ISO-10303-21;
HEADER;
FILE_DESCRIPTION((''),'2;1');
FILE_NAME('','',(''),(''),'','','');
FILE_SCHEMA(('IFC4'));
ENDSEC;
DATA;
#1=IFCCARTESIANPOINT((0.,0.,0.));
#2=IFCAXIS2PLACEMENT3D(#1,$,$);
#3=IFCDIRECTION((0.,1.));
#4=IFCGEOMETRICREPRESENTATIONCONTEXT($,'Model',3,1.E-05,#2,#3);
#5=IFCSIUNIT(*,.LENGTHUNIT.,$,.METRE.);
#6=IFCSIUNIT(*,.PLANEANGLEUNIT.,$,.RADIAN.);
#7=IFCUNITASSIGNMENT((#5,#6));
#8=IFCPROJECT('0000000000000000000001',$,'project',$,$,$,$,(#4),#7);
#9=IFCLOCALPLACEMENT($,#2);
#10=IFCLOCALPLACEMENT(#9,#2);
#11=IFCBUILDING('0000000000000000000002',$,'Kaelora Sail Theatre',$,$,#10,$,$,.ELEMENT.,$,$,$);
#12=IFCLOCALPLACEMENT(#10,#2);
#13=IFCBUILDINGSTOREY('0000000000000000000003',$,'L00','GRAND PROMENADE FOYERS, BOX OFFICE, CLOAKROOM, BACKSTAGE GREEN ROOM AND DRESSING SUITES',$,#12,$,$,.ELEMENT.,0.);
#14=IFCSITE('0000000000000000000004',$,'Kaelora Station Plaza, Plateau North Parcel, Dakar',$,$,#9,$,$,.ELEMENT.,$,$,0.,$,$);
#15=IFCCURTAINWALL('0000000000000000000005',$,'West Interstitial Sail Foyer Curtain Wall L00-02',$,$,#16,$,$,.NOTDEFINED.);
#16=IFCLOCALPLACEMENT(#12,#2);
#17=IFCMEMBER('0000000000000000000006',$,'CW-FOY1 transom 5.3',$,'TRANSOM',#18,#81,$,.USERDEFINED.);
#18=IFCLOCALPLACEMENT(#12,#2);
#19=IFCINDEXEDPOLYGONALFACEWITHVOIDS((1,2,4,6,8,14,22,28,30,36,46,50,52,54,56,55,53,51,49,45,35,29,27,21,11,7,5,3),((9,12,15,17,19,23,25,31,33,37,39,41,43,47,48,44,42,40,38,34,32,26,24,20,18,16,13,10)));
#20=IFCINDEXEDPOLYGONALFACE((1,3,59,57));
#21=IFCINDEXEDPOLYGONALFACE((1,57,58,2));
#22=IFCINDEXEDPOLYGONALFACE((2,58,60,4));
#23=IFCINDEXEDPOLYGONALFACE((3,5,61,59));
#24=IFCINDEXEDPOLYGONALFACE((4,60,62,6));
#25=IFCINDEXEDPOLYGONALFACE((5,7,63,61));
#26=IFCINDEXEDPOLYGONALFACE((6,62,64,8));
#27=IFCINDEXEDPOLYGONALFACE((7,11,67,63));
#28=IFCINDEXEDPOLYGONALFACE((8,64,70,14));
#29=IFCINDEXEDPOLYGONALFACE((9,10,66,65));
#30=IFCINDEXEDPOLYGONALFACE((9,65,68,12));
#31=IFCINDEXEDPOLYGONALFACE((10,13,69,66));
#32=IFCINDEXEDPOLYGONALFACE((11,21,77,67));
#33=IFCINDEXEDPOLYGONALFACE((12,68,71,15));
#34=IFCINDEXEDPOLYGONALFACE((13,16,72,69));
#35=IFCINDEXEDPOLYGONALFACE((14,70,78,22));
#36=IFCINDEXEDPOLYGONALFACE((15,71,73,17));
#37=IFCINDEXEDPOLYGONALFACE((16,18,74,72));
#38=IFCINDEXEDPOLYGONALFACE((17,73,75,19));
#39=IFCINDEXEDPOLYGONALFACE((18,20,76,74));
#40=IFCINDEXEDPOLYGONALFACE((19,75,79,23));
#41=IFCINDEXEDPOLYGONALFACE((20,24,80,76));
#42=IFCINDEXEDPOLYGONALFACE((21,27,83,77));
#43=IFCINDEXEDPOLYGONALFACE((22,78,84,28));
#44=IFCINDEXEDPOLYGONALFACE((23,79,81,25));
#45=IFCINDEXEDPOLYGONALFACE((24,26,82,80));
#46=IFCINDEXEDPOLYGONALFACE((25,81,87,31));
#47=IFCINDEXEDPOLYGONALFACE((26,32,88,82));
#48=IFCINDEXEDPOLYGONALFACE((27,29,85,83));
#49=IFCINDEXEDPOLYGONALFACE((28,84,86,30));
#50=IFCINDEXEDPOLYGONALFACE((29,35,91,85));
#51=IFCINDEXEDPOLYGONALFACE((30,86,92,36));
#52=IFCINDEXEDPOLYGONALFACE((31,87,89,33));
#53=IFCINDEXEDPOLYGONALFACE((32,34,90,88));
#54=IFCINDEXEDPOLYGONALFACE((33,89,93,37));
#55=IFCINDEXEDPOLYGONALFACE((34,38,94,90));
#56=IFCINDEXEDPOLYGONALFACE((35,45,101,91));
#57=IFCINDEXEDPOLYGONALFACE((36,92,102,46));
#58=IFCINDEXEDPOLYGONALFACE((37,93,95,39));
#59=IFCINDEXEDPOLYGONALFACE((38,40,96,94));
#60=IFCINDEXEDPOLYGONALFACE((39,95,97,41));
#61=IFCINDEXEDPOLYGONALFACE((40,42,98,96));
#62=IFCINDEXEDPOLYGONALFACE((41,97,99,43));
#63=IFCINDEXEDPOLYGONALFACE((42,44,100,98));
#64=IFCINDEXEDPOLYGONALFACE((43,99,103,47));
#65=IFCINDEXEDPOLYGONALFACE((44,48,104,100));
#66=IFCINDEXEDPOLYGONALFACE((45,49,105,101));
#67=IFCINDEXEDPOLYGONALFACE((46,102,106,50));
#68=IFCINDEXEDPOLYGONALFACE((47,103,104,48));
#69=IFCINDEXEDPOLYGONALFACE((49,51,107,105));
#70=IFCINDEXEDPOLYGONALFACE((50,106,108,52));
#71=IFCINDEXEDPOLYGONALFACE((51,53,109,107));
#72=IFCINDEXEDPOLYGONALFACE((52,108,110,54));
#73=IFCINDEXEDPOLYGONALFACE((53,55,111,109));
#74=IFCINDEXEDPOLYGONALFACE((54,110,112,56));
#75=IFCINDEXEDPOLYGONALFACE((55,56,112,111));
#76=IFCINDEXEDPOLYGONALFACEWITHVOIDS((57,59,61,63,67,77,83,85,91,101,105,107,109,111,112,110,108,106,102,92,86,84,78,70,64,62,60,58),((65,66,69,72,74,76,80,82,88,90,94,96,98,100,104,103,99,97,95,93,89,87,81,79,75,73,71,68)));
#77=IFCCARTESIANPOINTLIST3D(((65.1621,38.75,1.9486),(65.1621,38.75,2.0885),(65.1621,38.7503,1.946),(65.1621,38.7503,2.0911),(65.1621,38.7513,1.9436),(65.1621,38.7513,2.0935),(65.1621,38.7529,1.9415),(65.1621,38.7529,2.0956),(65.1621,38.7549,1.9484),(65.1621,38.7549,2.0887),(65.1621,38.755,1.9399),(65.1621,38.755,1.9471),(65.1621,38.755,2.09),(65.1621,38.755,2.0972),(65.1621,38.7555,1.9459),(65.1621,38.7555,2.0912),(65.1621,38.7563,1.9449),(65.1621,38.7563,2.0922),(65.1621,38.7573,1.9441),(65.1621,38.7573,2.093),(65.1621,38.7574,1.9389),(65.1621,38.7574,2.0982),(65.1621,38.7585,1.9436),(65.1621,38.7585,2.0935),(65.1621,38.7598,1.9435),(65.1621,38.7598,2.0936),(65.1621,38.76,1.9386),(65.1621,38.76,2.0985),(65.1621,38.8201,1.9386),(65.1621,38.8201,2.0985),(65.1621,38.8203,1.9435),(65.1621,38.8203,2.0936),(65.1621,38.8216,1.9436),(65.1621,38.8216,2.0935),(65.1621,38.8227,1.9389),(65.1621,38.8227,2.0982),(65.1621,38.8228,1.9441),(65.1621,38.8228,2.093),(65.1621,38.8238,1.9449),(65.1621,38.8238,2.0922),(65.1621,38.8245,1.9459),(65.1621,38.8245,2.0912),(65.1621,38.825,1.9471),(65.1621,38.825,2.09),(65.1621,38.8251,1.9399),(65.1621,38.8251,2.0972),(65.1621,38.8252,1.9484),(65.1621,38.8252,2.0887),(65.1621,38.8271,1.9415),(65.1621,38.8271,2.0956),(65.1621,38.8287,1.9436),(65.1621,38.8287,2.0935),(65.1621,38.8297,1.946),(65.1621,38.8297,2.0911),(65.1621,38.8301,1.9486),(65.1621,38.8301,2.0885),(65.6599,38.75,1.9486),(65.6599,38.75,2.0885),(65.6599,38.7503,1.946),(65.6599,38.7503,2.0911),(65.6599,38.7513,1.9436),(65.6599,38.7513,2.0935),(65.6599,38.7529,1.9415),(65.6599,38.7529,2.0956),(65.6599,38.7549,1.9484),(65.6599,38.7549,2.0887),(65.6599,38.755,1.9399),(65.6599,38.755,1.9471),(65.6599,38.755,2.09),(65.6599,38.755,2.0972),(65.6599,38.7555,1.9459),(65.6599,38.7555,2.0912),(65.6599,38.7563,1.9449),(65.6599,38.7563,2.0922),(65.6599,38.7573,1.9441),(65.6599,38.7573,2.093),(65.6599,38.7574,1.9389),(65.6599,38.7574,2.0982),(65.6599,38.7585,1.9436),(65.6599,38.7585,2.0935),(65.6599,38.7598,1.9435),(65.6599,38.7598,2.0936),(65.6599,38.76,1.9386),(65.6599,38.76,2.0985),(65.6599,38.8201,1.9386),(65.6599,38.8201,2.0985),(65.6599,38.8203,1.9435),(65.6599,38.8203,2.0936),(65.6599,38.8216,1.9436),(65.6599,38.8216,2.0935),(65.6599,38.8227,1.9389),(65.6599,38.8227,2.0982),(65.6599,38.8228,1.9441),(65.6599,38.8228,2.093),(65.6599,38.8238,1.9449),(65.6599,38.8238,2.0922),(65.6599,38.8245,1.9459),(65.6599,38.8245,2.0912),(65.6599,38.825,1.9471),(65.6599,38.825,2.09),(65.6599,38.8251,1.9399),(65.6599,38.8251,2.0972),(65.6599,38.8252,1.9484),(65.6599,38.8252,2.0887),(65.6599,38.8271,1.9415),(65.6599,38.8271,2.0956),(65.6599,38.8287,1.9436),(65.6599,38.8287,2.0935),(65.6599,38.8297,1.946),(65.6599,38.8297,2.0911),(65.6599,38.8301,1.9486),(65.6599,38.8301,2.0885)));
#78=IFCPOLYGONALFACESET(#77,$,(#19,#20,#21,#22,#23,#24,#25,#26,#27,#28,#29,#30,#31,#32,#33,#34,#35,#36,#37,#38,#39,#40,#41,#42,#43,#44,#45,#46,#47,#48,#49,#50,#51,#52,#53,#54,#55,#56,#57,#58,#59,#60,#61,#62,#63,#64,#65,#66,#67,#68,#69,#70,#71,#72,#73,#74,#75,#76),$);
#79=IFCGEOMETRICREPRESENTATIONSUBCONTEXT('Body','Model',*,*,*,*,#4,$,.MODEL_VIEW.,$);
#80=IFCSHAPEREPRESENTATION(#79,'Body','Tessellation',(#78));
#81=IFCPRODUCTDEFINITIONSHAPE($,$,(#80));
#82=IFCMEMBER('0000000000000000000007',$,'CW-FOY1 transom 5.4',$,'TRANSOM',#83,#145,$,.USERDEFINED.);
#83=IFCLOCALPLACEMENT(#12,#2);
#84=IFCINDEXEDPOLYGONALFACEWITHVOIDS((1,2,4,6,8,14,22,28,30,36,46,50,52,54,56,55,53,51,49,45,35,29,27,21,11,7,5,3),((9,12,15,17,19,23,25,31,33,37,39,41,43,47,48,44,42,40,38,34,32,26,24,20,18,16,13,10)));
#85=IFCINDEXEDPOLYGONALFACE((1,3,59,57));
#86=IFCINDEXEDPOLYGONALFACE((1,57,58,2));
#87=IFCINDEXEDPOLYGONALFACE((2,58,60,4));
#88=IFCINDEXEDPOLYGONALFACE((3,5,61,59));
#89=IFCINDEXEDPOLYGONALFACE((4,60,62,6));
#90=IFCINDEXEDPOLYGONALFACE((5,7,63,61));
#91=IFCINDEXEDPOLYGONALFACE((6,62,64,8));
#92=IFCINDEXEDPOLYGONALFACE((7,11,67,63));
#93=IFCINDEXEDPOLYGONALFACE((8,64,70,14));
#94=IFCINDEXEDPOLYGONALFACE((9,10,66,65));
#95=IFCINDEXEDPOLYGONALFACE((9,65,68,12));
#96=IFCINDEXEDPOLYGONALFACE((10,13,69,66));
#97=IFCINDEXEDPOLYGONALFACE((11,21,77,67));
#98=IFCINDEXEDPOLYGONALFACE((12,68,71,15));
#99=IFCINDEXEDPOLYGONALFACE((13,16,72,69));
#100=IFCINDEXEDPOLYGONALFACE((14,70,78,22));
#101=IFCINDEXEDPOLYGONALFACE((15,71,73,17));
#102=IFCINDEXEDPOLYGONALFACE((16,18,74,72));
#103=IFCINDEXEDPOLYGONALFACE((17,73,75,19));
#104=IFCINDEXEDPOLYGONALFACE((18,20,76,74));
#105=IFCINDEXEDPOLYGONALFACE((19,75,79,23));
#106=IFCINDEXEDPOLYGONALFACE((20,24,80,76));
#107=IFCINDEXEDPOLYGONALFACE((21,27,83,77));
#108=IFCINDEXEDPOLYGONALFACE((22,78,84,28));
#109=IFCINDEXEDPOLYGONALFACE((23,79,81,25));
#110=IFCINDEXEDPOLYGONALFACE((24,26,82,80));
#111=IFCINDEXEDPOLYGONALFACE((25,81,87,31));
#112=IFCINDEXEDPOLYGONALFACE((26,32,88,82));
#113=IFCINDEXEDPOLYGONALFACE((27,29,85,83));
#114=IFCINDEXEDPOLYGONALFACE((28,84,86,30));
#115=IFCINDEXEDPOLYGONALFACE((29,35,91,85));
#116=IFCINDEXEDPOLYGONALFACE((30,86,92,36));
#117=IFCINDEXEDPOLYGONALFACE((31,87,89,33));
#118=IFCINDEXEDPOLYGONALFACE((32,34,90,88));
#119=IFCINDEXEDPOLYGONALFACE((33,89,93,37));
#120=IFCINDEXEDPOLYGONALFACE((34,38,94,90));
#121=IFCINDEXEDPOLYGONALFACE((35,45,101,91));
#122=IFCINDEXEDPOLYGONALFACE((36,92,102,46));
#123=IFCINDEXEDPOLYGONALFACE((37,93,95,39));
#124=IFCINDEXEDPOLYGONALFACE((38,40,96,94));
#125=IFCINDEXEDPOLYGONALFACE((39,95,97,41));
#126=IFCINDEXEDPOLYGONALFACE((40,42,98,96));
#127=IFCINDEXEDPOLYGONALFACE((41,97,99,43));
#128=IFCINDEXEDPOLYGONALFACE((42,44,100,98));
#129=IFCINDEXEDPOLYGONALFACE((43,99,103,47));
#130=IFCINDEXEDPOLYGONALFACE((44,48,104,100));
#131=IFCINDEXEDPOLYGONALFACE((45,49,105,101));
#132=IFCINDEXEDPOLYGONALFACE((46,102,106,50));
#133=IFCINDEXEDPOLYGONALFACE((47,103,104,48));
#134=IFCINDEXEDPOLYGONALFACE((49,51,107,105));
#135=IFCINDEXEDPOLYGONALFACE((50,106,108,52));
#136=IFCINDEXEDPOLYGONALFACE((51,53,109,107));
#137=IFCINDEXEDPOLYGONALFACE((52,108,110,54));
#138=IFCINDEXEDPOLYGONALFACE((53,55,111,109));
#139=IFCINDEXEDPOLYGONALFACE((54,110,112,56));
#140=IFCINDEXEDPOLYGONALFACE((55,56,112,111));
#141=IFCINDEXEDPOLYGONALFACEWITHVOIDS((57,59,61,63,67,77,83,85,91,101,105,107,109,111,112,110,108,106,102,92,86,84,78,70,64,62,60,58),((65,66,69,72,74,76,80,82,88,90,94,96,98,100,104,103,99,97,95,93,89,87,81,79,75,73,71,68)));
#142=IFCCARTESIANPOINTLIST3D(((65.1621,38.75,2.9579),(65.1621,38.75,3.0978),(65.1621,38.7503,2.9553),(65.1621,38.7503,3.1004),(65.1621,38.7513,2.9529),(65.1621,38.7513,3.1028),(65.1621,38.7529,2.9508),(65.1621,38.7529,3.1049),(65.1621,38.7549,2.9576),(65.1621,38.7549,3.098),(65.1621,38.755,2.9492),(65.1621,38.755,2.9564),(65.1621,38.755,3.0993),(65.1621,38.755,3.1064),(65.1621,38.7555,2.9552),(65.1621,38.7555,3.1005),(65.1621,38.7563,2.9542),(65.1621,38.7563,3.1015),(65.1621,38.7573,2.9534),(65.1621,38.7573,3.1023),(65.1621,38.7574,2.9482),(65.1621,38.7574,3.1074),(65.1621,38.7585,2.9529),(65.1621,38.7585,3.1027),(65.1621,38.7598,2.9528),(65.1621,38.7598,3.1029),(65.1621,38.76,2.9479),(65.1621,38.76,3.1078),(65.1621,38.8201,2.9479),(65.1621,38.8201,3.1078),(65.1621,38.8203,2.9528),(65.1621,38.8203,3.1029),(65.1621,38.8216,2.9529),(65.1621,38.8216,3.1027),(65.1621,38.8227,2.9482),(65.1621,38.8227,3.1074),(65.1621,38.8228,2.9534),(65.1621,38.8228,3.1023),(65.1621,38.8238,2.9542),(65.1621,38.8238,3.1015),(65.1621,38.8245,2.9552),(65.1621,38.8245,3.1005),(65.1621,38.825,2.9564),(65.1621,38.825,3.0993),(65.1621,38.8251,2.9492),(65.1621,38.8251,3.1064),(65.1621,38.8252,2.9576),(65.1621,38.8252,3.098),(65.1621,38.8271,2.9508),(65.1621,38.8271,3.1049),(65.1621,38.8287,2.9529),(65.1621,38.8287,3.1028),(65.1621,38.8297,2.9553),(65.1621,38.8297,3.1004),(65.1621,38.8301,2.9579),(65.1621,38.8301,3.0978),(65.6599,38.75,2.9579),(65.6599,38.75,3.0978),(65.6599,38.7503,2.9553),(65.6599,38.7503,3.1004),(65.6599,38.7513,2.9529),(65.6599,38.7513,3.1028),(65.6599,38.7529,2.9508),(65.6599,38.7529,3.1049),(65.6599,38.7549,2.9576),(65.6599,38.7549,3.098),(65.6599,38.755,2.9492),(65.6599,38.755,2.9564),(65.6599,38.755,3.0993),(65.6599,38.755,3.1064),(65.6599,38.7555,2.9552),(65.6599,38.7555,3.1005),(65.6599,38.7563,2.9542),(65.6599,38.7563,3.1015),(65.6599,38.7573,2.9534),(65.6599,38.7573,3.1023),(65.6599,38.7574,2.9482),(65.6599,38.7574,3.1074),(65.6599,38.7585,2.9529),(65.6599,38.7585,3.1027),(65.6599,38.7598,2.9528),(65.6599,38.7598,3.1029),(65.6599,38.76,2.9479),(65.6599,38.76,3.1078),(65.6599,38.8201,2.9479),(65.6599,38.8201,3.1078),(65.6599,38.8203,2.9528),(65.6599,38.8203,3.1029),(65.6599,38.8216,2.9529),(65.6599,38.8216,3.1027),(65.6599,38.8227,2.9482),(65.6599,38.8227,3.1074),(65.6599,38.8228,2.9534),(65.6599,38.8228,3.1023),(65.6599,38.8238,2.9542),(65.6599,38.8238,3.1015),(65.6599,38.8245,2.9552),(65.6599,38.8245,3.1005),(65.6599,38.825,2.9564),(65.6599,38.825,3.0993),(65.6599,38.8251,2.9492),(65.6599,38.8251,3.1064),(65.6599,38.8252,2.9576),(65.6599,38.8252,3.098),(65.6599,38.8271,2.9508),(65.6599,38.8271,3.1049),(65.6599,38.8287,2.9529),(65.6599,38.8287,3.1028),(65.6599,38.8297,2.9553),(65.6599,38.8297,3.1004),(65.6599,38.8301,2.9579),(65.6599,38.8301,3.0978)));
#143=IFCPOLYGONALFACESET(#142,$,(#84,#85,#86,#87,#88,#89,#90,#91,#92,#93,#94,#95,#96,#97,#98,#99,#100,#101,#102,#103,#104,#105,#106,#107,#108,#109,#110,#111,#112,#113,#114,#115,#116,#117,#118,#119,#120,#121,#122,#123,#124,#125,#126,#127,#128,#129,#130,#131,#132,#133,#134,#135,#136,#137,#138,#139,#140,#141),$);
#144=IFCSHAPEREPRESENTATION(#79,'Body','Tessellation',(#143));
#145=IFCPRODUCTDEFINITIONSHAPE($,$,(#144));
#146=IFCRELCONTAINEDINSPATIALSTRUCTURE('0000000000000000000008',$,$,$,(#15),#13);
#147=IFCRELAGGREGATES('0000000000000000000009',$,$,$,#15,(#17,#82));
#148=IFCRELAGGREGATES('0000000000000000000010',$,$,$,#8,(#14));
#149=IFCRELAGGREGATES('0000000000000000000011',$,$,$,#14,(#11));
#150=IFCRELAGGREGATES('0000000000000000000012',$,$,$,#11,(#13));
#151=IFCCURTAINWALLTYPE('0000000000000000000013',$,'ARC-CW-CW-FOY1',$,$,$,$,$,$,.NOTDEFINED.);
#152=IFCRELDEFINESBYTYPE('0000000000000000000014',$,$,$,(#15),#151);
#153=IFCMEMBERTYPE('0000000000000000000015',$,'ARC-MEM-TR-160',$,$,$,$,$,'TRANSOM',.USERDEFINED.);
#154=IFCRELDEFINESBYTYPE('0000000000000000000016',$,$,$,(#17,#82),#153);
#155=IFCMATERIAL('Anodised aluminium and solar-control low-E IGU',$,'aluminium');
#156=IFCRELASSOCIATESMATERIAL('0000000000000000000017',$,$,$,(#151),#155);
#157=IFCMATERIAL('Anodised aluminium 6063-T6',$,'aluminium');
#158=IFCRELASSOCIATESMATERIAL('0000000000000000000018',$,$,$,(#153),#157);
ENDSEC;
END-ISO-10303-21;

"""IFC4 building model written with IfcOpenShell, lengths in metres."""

from ifc_helpers import new_model, si_unit, direction, frame, origin, origin_2d, place, context, subcontext, project, spatial, hollow_rectangle, extrude, material, material_profile, profile_set, type_object, element, aggregate, save


model = new_model("IFC4")

# Units and contexts
model_context = context("Model", 3, precision=1e-05, world=origin(), true_north=direction((0.0, 1.0)))
body_context = subcontext(model_context, "Body", "Model", "MODEL_VIEW")
ifc_project = project(units=[si_unit("LENGTHUNIT", "METRE"), si_unit("PLANEANGLEUNIT", "RADIAN")], contexts=[model_context])

# Site, building, storey
site_placement = place(None, origin())
site = spatial("IfcSite", under=ifc_project, at=site_placement, Name="Kaelora Station Plaza, Plateau North Parcel, Dakar", CompositionType="ELEMENT", RefElevation=0.0)
building_placement = place(site_placement, origin())
building = spatial("IfcBuilding", under=site, at=building_placement, Name="Kaelora Sail Theatre", CompositionType="ELEMENT")
storey_placement = place(building_placement, origin())
storey = spatial("IfcBuildingStorey", under=building, at=storey_placement, Name="L00", Description="GRAND PROMENADE FOYERS, BOX OFFICE, CLOAKROOM, BACKSTAGE GREEN ROOM AND DRESSING SUITES", CompositionType="ELEMENT", Elevation=0.0)

# Curtain wall, members
ifc_material_1 = material(Name="Anodised aluminium and solar-control low-E IGU", Category="aluminium")
curtain_wall_type = type_object("IfcCurtainWallType", Name="ARC-CW-CW-FOY1", PredefinedType="NOTDEFINED", material=ifc_material_1)
curtain_wall_1_placement = place(storey_placement, origin())
curtain_wall_1 = element("IfcCurtainWall", 1, at=curtain_wall_1_placement, inside=storey, type_object=curtain_wall_type, Name="West Interstitial Sail Foyer Curtain Wall L00-02", PredefinedType="NOTDEFINED")
ifc_material_2 = material(Name="Anodised aluminium 6063-T6", Category="aluminium")
ifc_material_profile = material_profile(ifc_material_2, hollow_rectangle(XDim=0.0801, YDim=0.1599, WallThickness=0.0049, InnerFilletRadius=0.0049, OuterFilletRadius=0.01, at=origin_2d()), Name="ALU-TRAN 80x160x5")
ifc_profile_set = profile_set([ifc_material_profile], Name="Anodised aluminium 6063-T6")
member_type = type_object("IfcMemberType", Name="ARC-MEM-TR-160", ElementType="TRANSOM", PredefinedType="USERDEFINED", material=ifc_profile_set)
member_1_placement = place(storey_placement, frame((65.1621, 38.79, 2.0186), z_axis=(1.0, 0.0, 0.0), x_axis=(0.0, 1.0, 0.0)))
member_1 = element("IfcMember", 2, at=member_1_placement, type_object=member_type, Name="CW-FOY1 transom 5.3", ObjectType="TRANSOM", PredefinedType="USERDEFINED", context=body_context, shape_type="SweptSolid", body=[
    extrude(hollow_rectangle(XDim=0.0801, YDim=0.1599, WallThickness=0.0049, InnerFilletRadius=0.0049, OuterFilletRadius=0.01, at=origin_2d()), origin(), (0.0, 0.0, 1.0), 0.4978),
])
member_2_placement = place(storey_placement, frame((65.1621, 38.79, 3.0278), z_axis=(1.0, 0.0, 0.0), x_axis=(0.0, 1.0, 0.0)))
member_2 = element("IfcMember", 3, at=member_2_placement, type_object=member_type, Name="CW-FOY1 transom 5.4", ObjectType="TRANSOM", PredefinedType="USERDEFINED", context=body_context, shape_type="SweptSolid", body=[
    extrude(hollow_rectangle(XDim=0.0801, YDim=0.1599, WallThickness=0.0049, InnerFilletRadius=0.0049, OuterFilletRadius=0.01, at=origin_2d()), origin(), (0.0, 0.0, 1.0), 0.4978),
])

aggregate(curtain_wall_1, [member_1, member_2])

save(model, "model.ifc")
